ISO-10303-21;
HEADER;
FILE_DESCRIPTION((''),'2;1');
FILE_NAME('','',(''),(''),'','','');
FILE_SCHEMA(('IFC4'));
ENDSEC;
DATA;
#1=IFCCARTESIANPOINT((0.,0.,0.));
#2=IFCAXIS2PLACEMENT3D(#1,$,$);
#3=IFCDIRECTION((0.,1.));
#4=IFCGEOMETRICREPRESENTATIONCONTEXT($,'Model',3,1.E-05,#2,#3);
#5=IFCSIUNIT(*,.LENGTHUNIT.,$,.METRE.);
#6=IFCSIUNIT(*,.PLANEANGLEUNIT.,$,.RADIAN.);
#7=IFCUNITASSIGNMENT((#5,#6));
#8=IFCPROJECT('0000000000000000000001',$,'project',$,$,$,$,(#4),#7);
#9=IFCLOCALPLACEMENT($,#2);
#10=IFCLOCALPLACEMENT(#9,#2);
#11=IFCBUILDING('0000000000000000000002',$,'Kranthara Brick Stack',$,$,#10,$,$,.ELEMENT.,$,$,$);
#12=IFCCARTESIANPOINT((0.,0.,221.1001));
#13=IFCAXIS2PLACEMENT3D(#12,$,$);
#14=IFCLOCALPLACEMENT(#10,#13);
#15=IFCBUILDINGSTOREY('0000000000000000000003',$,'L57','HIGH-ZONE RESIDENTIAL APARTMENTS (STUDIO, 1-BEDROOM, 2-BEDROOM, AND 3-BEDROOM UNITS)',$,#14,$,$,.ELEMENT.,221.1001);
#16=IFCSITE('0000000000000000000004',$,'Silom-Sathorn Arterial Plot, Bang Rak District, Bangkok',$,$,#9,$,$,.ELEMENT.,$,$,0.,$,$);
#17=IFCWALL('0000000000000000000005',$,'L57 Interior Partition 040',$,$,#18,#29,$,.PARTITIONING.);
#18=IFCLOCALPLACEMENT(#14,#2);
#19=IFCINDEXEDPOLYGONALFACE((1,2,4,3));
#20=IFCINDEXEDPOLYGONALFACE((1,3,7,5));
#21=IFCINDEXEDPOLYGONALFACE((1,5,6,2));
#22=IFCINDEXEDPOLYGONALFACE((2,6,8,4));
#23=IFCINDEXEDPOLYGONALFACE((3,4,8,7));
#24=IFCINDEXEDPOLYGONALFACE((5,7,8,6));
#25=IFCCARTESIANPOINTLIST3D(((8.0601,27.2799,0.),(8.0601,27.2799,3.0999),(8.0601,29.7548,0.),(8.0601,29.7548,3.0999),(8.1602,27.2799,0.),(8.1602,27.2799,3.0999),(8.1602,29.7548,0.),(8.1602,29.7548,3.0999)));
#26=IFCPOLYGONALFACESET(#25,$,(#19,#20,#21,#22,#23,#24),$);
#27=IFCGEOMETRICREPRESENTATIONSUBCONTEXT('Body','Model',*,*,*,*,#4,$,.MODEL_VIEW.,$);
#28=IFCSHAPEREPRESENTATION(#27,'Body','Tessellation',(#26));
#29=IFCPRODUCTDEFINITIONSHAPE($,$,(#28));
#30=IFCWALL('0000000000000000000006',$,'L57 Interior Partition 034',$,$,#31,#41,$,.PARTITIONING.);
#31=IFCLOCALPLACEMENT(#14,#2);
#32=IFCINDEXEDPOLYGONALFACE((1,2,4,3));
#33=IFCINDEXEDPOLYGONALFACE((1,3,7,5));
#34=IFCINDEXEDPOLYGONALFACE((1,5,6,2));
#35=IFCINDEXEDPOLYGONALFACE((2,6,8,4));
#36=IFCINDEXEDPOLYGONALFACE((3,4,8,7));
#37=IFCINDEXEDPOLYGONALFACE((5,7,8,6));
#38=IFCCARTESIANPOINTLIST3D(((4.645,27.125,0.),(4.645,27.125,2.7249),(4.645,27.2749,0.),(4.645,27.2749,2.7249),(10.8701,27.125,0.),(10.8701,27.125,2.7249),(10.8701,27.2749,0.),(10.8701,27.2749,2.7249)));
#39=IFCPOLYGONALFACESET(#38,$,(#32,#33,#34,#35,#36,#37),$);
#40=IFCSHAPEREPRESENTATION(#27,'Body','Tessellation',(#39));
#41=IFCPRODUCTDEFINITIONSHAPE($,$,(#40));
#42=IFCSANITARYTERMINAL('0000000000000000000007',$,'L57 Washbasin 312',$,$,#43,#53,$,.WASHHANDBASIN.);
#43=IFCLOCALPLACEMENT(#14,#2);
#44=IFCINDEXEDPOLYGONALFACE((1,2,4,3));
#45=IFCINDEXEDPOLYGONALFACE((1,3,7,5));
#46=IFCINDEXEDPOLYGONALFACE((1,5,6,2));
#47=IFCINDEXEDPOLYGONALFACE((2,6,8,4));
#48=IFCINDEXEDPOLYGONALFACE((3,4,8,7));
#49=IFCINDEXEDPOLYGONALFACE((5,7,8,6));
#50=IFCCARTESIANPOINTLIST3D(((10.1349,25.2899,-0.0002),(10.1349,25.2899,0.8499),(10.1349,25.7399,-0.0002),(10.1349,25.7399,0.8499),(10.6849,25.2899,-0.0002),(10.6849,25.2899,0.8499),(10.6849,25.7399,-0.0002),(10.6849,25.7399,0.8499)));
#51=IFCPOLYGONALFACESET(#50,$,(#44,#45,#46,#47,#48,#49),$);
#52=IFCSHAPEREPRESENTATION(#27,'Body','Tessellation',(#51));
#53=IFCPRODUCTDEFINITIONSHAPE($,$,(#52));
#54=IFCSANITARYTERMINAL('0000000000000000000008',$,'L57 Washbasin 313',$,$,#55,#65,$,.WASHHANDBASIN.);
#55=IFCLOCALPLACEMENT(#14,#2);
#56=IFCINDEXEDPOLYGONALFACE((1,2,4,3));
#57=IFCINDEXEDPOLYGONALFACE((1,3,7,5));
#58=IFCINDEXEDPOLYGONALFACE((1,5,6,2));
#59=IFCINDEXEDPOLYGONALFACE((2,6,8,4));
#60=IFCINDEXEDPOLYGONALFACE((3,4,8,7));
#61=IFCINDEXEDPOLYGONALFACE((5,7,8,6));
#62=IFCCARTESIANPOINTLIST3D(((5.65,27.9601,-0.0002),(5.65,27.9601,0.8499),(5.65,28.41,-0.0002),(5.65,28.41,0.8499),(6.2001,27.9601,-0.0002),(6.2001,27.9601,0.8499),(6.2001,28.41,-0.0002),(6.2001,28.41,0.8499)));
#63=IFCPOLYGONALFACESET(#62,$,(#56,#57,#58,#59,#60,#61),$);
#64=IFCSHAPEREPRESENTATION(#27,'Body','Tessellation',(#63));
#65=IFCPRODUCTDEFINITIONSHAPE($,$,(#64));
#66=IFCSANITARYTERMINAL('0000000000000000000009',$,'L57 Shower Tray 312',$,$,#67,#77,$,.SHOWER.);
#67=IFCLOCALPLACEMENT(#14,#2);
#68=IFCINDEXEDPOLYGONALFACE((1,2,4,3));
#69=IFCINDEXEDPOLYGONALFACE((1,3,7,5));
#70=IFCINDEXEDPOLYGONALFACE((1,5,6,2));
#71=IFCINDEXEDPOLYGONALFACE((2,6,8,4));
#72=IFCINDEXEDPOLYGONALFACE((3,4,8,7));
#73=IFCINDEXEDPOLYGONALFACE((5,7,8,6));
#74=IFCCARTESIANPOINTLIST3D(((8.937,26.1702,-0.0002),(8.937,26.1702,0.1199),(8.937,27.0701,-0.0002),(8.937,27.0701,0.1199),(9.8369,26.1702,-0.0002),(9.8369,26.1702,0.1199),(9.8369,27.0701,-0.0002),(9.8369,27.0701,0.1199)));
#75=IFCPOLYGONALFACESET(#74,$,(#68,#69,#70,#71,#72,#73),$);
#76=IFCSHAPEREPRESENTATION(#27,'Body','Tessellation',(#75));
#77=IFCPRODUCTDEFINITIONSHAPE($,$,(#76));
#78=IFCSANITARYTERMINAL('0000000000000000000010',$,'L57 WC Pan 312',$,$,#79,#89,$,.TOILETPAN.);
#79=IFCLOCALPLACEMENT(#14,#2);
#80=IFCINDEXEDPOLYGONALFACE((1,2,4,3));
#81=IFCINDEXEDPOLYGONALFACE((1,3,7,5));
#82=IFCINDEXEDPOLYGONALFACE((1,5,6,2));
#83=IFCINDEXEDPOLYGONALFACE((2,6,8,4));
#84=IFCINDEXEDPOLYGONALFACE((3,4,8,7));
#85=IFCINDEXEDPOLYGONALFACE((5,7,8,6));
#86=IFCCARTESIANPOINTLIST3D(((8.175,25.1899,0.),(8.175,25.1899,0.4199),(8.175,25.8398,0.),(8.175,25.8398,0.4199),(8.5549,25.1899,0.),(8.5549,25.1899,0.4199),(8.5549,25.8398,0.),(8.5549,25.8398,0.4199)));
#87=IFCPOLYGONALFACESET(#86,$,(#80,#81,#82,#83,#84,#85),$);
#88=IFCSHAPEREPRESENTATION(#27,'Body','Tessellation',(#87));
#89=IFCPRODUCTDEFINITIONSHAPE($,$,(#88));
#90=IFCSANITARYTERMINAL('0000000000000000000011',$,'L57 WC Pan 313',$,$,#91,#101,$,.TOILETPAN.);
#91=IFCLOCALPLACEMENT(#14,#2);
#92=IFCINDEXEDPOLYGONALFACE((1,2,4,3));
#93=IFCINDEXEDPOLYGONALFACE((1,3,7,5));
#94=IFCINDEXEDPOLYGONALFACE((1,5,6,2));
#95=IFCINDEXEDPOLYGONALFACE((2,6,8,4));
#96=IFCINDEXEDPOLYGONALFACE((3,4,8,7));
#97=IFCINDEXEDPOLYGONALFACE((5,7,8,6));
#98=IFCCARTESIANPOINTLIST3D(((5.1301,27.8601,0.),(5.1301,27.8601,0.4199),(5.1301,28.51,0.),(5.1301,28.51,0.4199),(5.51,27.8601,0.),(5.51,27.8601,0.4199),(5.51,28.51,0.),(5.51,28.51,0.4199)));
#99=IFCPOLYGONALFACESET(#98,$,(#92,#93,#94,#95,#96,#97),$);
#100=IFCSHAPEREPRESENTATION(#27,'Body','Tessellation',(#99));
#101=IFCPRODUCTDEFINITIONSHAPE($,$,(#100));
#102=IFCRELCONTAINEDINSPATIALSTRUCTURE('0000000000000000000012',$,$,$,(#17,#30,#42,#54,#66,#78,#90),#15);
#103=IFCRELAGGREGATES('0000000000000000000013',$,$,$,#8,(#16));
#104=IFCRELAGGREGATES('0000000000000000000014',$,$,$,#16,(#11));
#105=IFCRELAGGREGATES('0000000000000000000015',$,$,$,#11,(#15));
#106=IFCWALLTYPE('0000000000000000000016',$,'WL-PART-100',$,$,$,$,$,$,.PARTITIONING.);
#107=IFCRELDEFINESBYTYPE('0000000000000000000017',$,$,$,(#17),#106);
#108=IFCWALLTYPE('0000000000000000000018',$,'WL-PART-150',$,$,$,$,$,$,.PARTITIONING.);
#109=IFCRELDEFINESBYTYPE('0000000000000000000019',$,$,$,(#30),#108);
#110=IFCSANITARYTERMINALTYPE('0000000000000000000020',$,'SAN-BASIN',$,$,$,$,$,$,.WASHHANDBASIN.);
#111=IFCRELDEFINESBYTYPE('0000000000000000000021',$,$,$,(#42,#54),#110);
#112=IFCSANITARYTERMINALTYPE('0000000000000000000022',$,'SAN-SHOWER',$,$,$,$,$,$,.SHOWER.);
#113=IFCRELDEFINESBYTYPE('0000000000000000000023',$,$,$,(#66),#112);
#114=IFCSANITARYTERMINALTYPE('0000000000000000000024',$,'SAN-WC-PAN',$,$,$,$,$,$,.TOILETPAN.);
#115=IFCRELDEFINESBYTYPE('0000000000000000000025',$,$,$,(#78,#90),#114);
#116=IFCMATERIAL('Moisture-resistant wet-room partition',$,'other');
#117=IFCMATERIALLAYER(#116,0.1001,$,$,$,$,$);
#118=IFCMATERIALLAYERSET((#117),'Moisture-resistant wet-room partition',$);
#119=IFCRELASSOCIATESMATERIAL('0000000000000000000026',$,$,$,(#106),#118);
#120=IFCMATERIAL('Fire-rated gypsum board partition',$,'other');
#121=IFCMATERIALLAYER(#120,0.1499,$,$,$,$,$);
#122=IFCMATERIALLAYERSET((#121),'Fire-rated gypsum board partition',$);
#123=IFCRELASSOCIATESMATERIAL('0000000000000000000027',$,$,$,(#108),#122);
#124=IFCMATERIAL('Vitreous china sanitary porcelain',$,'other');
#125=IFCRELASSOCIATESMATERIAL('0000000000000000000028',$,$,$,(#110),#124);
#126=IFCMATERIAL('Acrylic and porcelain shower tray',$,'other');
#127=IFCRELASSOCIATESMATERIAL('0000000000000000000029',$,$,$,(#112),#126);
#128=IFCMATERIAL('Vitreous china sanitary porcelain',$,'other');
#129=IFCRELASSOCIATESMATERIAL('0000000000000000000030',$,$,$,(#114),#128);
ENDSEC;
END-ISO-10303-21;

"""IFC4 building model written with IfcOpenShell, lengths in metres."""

from ifc_helpers import new_model, si_unit, direction, frame, frame_2d, origin, origin_2d, place, context, subcontext, project, spatial, rectangle, extrude, material, layer, layer_set, type_object, element, save


model = new_model("IFC4")

# Units and contexts
model_context = context("Model", 3, precision=1e-05, world=origin(), true_north=direction((0.0, 1.0)))
body_context = subcontext(model_context, "Body", "Model", "MODEL_VIEW")
ifc_project = project(units=[si_unit("LENGTHUNIT", "METRE"), si_unit("PLANEANGLEUNIT", "RADIAN")], contexts=[model_context])

# Site, building, storey
site_placement = place(None, origin())
site = spatial("IfcSite", under=ifc_project, at=site_placement, Name="Silom-Sathorn Arterial Plot, Bang Rak District, Bangkok", CompositionType="ELEMENT", RefElevation=0.0)
building_placement = place(site_placement, origin())
building = spatial("IfcBuilding", under=site, at=building_placement, Name="Kranthara Brick Stack", CompositionType="ELEMENT")
storey_placement = place(building_placement, frame((0.0, 0.0, 221.1001)))
storey = spatial("IfcBuildingStorey", under=building, at=storey_placement, Name="L57", Description="HIGH-ZONE RESIDENTIAL APARTMENTS (STUDIO, 1-BEDROOM, 2-BEDROOM, AND 3-BEDROOM UNITS)", CompositionType="ELEMENT", Elevation=221.1001)

# Shared definitions
ifc_material_1 = material(Name="Moisture-resistant wet-room partition", Category="other")
ifc_layer_1 = layer(ifc_material_1, 0.1001)
ifc_layer_set_1 = layer_set([ifc_layer_1], Name="Moisture-resistant wet-room partition")
wall_type_1 = type_object("IfcWallType", Name="WL-PART-100", PredefinedType="PARTITIONING", material=ifc_layer_set_1)

# Walls
for number, where, z_axis, x_axis, name in (
    (1, (8.1101, 27.28, 0.0), (0.0, 0.0, 1.0), (0.0, 1.0, 0.0), "L57 Interior Partition 040"),
):
    element("IfcWall", number, at=place(storey_placement, frame(where, z_axis=z_axis, x_axis=x_axis)), inside=storey, type_object=wall_type_1, Name=name, PredefinedType="PARTITIONING", context=body_context, shape_type="SweptSolid", body=[
        extrude(rectangle(XDim=2.4749, YDim=0.1001, at=frame_2d((1.2373, 0.0))), origin(), (0.0, 0.0, 1.0), 3.0999),
    ])
ifc_material_2 = material(Name="Fire-rated gypsum board partition", Category="other")
ifc_layer_2 = layer(ifc_material_2, 0.1499)
ifc_layer_set_2 = layer_set([ifc_layer_2], Name="Fire-rated gypsum board partition")
wall_type_2 = type_object("IfcWallType", Name="WL-PART-150", PredefinedType="PARTITIONING", material=ifc_layer_set_2)
wall_1_placement = place(storey_placement, frame((4.645, 27.2, 0.0), z_axis=(0.0, 0.0, 1.0), x_axis=(1.0, 0.0, 0.0)))
element("IfcWall", 2, at=wall_1_placement, inside=storey, type_object=wall_type_2, Name="L57 Interior Partition 034", PredefinedType="PARTITIONING", context=body_context, shape_type="SweptSolid", body=[
    extrude(rectangle(XDim=6.2251, YDim=0.1499, at=frame_2d((3.1125, 0.0))), origin(), (0.0, 0.0, 1.0), 2.7249),
])

# Sanitary terminals
ifc_material_3 = material(Name="Vitreous china sanitary porcelain", Category="other")
sanitary_terminal_type_1 = type_object("IfcSanitaryTerminalType", Name="SAN-BASIN", PredefinedType="WASHHANDBASIN", material=ifc_material_3)
for number, where, z_axis, x_axis, name in (
    (3, (10.4099, 25.5149, -0.0002), (0.0, 0.0, 1.0), (1.0, 0.0, 0.0), "L57 Washbasin 312"),
    (4, (5.925, 28.1851, -0.0002), (0.0, 0.0, 1.0), (1.0, 0.0, 0.0), "L57 Washbasin 313"),
):
    element("IfcSanitaryTerminal", number, at=place(storey_placement, frame(where, z_axis=z_axis, x_axis=x_axis)), inside=storey, type_object=sanitary_terminal_type_1, Name=name, PredefinedType="WASHHANDBASIN", context=body_context, shape_type="SweptSolid", body=[
        extrude(rectangle(XDim=0.55, YDim=0.45, at=origin_2d()), origin(), (0.0, 0.0, 1.0), 0.8501),
    ])
ifc_material_4 = material(Name="Acrylic and porcelain shower tray", Category="other")
sanitary_terminal_type_2 = type_object("IfcSanitaryTerminalType", Name="SAN-SHOWER", PredefinedType="SHOWER", material=ifc_material_4)
sanitary_terminal_placement = place(storey_placement, frame((9.387, 26.6201, -0.0002), z_axis=(0.0, 0.0, 1.0), x_axis=(1.0, 0.0, 0.0)))
element("IfcSanitaryTerminal", 5, at=sanitary_terminal_placement, inside=storey, type_object=sanitary_terminal_type_2, Name="L57 Shower Tray 312", PredefinedType="SHOWER", context=body_context, shape_type="SweptSolid", body=[
    extrude(rectangle(XDim=0.8999, YDim=0.8999, at=origin_2d()), origin(), (0.0, 0.0, 1.0), 0.1201),
])
ifc_material_5 = material(Name="Vitreous china sanitary porcelain", Category="other")
sanitary_terminal_type_3 = type_object("IfcSanitaryTerminalType", Name="SAN-WC-PAN", PredefinedType="TOILETPAN", material=ifc_material_5)
for number, where, z_axis, x_axis, name in (
    (6, (8.365, 25.5149, 0.0), (0.0, 0.0, 1.0), (1.0, 0.0, 0.0), "L57 WC Pan 312"),
    (7, (5.3201, 28.1851, 0.0), (0.0, 0.0, 1.0), (1.0, 0.0, 0.0), "L57 WC Pan 313"),
):
    element("IfcSanitaryTerminal", number, at=place(storey_placement, frame(where, z_axis=z_axis, x_axis=x_axis)), inside=storey, type_object=sanitary_terminal_type_3, Name=name, PredefinedType="TOILETPAN", context=body_context, shape_type="SweptSolid", body=[
        extrude(rectangle(XDim=0.3799, YDim=0.6499, at=origin_2d()), origin(), (0.0, 0.0, 1.0), 0.4199),
    ])

save(model, "model.ifc")
